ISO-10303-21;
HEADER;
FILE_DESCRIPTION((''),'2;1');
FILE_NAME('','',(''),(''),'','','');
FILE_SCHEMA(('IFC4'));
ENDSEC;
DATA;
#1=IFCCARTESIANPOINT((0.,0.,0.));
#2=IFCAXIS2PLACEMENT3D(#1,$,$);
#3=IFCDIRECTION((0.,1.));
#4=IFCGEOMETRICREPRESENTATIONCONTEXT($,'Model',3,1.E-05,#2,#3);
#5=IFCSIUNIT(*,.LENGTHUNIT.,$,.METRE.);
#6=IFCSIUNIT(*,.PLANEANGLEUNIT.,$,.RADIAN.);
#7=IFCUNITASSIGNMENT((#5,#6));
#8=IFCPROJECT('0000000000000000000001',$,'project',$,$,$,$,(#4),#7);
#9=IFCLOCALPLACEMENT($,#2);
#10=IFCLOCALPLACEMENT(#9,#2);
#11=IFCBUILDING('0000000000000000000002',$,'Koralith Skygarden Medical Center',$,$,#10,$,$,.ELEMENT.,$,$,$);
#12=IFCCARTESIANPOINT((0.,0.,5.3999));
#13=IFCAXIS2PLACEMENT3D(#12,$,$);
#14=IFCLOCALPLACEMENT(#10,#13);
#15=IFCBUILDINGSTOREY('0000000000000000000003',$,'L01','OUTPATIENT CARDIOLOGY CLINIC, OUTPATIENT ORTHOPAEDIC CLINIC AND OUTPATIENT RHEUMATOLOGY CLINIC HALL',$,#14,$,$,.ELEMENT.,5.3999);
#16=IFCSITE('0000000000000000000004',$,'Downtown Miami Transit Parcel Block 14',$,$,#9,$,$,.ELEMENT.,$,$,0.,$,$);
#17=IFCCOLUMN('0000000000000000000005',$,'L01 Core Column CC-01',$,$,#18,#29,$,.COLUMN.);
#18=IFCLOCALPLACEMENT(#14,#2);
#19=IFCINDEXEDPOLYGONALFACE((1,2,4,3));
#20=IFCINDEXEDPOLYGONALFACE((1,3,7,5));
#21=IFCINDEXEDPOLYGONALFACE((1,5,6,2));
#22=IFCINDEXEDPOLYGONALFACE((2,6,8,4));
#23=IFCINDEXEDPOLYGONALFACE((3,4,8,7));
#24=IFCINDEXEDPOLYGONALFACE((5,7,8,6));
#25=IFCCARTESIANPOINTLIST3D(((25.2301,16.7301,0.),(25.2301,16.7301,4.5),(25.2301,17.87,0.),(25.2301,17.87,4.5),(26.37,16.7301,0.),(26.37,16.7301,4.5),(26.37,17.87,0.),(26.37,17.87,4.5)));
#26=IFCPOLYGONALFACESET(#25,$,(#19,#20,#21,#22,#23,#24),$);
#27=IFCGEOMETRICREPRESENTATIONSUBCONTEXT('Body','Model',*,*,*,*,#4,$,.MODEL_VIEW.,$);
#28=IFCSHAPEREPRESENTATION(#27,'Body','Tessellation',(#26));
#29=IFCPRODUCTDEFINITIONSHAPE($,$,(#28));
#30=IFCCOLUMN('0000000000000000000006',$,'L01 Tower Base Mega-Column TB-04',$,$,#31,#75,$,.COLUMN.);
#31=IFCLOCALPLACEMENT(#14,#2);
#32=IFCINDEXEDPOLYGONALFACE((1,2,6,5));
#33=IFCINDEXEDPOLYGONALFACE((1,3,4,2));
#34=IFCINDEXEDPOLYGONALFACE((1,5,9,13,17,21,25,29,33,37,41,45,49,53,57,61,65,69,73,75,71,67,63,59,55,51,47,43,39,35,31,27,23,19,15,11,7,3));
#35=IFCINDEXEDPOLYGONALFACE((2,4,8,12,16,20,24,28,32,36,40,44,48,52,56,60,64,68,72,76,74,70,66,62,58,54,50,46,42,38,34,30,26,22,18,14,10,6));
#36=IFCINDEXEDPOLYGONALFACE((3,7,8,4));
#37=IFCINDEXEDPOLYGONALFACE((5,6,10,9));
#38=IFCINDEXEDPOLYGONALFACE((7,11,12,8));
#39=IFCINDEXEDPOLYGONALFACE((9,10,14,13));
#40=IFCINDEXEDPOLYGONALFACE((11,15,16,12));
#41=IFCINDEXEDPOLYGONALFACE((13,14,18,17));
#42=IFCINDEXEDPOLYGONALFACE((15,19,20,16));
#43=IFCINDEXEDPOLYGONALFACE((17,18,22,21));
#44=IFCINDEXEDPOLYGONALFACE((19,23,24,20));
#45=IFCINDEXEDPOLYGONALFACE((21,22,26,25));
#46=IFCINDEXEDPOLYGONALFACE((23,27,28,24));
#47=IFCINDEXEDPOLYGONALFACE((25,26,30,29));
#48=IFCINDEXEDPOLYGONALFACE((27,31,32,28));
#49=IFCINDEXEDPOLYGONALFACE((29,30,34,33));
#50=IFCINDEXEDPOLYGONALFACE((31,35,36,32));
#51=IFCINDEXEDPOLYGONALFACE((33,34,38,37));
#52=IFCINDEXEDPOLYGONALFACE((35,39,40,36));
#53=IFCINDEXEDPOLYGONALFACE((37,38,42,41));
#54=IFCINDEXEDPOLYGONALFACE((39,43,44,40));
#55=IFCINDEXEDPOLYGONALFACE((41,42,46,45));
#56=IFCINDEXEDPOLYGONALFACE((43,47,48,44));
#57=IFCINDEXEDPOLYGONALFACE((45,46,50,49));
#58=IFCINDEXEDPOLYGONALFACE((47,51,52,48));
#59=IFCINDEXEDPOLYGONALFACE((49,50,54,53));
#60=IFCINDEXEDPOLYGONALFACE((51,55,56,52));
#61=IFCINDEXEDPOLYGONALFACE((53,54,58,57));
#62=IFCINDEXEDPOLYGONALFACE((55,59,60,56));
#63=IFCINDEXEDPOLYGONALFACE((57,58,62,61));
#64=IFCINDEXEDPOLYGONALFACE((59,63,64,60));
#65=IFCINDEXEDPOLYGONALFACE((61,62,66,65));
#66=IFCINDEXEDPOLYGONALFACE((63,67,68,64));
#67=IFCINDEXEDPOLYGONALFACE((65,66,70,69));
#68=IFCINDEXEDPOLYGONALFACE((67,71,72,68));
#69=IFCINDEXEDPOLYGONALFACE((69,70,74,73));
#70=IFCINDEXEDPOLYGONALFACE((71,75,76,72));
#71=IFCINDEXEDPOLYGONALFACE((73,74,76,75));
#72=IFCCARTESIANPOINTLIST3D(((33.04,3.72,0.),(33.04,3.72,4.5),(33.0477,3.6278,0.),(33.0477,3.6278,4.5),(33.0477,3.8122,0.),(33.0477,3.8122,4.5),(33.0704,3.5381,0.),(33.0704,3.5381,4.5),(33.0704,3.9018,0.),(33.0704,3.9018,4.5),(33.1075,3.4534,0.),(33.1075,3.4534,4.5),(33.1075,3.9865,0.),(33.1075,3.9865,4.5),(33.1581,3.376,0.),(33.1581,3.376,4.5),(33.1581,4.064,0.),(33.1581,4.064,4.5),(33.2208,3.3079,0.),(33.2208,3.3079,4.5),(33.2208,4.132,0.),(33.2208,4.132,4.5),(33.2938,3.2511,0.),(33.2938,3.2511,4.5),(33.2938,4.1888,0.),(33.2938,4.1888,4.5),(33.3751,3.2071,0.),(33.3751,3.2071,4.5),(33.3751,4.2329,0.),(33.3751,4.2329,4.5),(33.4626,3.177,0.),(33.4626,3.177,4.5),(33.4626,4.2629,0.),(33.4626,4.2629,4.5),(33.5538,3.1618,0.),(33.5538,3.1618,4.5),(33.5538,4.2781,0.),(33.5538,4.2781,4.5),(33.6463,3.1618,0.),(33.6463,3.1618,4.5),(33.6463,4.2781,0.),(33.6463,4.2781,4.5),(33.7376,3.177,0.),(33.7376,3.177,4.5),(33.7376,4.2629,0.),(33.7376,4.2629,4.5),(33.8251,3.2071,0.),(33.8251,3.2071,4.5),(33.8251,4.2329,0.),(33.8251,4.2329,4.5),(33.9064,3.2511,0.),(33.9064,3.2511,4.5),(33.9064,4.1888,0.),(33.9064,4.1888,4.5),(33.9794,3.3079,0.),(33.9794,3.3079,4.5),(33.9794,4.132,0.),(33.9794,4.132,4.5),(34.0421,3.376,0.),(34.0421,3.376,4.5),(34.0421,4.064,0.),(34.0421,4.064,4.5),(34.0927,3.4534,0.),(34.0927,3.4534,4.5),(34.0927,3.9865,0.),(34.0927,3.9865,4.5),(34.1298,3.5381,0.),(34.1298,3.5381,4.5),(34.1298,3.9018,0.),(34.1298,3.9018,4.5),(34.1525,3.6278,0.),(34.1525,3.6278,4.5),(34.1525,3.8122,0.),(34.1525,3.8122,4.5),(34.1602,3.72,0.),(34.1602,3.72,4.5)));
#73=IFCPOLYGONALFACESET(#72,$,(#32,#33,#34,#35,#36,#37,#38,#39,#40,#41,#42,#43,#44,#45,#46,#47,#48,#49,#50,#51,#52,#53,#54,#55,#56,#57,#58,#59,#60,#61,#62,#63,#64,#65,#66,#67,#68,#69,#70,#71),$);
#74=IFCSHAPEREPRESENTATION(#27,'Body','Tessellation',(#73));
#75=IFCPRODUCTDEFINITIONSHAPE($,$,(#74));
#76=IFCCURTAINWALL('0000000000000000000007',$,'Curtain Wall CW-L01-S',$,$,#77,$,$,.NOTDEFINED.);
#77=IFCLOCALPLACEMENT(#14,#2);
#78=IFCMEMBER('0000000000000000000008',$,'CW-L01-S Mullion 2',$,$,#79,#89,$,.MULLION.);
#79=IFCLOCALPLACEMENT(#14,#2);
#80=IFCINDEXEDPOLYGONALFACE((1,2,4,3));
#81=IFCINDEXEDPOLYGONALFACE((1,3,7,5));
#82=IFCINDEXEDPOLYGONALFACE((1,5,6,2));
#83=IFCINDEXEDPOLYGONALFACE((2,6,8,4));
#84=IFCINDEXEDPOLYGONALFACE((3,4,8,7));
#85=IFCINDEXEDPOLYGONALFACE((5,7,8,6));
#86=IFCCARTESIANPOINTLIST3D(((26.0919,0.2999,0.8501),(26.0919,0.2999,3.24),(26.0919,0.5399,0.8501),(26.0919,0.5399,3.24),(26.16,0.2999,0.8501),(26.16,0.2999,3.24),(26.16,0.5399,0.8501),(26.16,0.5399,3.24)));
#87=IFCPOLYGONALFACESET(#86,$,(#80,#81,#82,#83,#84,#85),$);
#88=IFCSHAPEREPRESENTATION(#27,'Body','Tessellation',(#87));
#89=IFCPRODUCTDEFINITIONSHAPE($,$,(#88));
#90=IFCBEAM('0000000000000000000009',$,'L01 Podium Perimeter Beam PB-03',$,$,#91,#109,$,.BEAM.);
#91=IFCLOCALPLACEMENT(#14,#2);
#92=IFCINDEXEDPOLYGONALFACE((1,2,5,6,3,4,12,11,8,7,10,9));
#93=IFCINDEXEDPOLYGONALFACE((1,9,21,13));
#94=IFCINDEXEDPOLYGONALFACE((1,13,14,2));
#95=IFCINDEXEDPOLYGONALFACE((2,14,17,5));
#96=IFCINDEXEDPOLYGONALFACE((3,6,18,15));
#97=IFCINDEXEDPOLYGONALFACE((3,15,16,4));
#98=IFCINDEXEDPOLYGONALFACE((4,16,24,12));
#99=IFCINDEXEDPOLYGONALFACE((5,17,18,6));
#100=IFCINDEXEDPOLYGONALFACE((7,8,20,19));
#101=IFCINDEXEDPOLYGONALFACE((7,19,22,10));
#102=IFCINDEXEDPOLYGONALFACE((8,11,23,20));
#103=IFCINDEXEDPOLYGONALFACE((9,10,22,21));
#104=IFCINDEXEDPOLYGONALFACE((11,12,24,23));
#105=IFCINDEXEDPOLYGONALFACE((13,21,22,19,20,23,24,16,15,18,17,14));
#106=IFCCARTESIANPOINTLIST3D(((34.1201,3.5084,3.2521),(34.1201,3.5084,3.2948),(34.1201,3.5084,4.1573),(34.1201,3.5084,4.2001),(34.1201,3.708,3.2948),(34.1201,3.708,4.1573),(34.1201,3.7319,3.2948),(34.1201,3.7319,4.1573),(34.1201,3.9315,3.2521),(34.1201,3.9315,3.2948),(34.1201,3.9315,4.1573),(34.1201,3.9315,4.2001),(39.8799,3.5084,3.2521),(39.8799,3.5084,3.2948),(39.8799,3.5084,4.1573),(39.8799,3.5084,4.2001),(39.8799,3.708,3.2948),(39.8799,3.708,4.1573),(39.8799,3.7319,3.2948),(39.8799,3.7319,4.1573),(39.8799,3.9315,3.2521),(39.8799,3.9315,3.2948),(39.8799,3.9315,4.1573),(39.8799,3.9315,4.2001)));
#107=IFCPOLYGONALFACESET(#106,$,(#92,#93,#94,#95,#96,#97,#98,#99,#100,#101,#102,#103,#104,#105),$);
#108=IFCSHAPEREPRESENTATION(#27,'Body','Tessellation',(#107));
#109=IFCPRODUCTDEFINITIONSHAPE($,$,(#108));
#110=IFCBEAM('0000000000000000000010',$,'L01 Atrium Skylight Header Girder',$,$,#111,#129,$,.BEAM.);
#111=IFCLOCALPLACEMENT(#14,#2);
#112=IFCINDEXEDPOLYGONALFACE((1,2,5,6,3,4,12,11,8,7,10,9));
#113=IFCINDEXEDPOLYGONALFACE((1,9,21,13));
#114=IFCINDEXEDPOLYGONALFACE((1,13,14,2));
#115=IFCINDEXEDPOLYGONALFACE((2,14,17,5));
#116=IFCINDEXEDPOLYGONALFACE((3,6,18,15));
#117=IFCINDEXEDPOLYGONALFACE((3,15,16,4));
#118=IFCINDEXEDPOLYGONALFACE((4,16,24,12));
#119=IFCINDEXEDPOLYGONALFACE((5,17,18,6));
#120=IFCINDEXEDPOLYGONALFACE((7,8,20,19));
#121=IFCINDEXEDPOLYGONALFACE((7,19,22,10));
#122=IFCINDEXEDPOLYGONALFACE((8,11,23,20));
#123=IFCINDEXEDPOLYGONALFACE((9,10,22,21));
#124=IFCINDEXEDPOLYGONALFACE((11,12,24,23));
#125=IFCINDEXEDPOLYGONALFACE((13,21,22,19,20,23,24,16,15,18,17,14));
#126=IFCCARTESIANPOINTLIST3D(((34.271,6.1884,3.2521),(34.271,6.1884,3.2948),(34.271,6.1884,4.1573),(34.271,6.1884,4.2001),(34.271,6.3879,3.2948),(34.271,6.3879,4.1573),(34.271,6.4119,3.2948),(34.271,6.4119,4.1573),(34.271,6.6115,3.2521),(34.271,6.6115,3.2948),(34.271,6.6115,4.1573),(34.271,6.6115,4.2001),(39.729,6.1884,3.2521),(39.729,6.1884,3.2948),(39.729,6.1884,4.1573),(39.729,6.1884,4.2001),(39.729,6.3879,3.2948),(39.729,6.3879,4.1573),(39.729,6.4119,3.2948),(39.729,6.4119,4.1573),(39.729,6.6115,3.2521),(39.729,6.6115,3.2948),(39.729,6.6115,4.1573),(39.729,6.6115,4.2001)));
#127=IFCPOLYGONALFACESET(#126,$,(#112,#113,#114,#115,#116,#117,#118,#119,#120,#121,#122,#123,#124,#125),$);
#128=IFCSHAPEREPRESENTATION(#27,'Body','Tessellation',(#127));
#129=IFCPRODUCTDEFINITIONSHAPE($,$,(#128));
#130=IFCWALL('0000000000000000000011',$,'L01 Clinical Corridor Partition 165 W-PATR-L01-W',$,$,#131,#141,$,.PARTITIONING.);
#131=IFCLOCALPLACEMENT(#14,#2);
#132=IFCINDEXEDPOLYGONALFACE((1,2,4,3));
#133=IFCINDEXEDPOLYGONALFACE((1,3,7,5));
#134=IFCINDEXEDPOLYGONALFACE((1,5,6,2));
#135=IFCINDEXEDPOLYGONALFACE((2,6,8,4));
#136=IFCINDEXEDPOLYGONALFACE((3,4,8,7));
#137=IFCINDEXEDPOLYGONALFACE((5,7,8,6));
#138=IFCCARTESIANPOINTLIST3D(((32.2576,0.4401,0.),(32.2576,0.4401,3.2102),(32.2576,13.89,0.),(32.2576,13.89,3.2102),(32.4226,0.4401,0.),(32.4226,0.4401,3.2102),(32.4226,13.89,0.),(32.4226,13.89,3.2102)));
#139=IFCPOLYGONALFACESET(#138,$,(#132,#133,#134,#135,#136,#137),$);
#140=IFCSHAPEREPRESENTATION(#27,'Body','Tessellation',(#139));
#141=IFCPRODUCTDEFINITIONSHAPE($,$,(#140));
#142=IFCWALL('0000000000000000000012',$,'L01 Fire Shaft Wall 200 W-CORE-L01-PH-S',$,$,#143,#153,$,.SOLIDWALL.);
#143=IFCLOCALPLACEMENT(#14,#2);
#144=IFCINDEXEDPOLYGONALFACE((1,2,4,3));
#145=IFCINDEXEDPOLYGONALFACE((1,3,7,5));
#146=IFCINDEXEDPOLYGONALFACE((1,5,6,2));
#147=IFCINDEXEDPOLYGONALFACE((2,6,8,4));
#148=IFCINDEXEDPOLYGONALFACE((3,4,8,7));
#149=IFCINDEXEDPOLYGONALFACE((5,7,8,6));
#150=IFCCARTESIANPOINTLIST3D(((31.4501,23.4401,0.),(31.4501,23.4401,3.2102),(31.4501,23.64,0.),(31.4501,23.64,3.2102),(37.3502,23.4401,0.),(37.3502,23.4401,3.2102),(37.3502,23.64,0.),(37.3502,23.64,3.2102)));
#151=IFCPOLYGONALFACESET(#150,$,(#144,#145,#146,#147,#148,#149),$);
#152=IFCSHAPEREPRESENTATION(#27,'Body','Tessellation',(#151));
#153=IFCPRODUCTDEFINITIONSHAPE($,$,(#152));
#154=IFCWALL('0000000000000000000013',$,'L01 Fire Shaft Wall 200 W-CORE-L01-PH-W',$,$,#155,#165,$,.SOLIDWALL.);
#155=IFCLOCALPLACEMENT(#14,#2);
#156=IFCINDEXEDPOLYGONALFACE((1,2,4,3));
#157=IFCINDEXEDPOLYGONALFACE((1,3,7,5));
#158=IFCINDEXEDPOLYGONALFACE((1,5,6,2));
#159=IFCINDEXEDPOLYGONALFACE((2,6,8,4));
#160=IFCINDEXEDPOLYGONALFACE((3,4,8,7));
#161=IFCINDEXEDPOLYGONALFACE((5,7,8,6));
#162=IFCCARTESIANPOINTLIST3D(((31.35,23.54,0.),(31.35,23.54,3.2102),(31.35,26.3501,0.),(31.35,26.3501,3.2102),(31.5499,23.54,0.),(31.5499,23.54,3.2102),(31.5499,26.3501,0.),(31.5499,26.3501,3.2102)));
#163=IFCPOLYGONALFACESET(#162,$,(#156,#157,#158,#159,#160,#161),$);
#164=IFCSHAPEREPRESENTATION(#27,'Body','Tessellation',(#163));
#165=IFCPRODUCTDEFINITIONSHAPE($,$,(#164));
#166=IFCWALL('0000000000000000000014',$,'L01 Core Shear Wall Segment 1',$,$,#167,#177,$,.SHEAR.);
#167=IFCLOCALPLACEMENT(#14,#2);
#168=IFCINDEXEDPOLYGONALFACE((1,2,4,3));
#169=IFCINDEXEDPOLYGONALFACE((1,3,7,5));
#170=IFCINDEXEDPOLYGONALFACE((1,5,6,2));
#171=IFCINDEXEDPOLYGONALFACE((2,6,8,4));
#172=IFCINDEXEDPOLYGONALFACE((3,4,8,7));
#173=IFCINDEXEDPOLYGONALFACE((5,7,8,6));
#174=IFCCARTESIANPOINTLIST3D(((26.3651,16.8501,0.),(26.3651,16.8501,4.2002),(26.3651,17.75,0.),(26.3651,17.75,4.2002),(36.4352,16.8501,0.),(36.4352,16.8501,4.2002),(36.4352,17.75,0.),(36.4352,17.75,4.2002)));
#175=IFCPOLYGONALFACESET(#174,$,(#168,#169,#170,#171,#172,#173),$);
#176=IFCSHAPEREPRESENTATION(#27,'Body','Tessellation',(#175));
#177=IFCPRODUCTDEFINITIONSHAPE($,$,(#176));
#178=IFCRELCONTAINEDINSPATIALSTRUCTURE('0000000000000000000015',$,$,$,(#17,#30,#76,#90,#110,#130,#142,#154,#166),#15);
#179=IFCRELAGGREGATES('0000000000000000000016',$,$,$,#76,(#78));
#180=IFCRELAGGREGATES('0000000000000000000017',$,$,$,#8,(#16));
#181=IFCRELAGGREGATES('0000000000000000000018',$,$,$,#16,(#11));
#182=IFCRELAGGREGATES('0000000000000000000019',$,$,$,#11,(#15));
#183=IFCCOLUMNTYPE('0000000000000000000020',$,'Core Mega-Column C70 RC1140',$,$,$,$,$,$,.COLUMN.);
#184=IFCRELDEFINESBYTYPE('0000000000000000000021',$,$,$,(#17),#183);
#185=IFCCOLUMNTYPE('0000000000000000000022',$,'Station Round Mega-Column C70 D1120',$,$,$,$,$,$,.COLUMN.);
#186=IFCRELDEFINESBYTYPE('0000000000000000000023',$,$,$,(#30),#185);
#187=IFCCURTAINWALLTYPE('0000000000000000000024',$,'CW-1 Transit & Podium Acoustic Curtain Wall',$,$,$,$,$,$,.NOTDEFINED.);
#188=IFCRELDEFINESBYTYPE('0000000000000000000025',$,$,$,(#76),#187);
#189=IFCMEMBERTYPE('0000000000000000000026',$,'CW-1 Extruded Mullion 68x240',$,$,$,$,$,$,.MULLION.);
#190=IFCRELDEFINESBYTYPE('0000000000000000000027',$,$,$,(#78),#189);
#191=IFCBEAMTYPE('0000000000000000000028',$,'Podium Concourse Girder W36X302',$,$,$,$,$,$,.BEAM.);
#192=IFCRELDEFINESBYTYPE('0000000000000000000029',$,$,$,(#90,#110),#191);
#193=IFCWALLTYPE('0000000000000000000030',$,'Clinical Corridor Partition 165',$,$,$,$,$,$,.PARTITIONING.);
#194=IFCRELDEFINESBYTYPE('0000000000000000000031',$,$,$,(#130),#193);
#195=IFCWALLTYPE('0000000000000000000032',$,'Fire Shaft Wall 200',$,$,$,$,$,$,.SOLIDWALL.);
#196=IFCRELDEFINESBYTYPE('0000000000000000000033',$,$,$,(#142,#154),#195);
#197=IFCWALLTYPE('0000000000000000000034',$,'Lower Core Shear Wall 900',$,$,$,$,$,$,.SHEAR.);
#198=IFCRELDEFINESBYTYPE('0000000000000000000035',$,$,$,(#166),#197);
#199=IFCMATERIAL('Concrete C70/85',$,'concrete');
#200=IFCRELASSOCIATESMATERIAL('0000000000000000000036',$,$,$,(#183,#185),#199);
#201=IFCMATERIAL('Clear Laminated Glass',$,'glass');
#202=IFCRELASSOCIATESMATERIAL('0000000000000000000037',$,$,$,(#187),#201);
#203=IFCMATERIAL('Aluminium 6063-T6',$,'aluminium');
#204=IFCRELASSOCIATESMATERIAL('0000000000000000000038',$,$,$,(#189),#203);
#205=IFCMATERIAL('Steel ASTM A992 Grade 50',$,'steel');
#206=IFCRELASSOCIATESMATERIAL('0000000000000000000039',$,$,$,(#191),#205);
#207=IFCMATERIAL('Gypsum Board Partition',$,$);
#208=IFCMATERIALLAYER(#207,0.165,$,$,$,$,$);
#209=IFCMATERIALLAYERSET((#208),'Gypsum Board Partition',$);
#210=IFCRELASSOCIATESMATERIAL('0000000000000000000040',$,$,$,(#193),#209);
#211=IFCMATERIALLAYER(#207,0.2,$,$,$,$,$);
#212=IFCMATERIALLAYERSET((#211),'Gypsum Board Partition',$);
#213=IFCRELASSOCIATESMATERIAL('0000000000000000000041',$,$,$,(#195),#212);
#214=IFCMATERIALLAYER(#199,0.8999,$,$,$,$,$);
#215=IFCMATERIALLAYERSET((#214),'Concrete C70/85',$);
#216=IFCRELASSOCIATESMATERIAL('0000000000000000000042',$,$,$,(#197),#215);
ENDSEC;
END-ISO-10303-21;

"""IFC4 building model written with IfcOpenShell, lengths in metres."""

from ifc_helpers import new_model, si_unit, direction, frame, frame_2d, origin, origin_2d, place, context, subcontext, project, spatial, rectangle, circle, i_section, extrude, material, layer, layer_set, material_profile, profile_set, type_object, element, aggregate, save


model = new_model("IFC4")

# Units and contexts
model_context = context("Model", 3, precision=1e-05, world=origin(), true_north=direction((0.0, 1.0)))
body_context = subcontext(model_context, "Body", "Model", "MODEL_VIEW")
ifc_project = project(units=[si_unit("LENGTHUNIT", "METRE"), si_unit("PLANEANGLEUNIT", "RADIAN")], contexts=[model_context])

# Site, building, storey
site_placement = place(None, origin())
site = spatial("IfcSite", under=ifc_project, at=site_placement, Name="Downtown Miami Transit Parcel Block 14", CompositionType="ELEMENT", RefElevation=0.0)
building_placement = place(site_placement, origin())
building = spatial("IfcBuilding", under=site, at=building_placement, Name="Koralith Skygarden Medical Center", CompositionType="ELEMENT")
storey_placement = place(building_placement, frame((0.0, 0.0, 5.3999)))
storey = spatial("IfcBuildingStorey", under=building, at=storey_placement, Name="L01", Description="OUTPATIENT CARDIOLOGY CLINIC, OUTPATIENT ORTHOPAEDIC CLINIC AND OUTPATIENT RHEUMATOLOGY CLINIC HALL", CompositionType="ELEMENT", Elevation=5.3999)

# Columns
ifc_material_1 = material(Name="Concrete C70/85", Category="concrete")
ifc_material_profile_1 = material_profile(ifc_material_1, rectangle(XDim=1.1399, YDim=1.1399, at=origin_2d()), Name="RC1140X1140")
ifc_profile_set_1 = profile_set([ifc_material_profile_1], Name="Concrete C70/85")
column_type_1 = type_object("IfcColumnType", Name="Core Mega-Column C70 RC1140", PredefinedType="COLUMN", material=ifc_profile_set_1)
column_1_placement = place(storey_placement, frame((25.8, 17.3, 0.0), z_axis=(0.0, 0.0, 1.0), x_axis=(1.0, 0.0, 0.0)))
element("IfcColumn", 1, at=column_1_placement, inside=storey, type_object=column_type_1, Name="L01 Core Column CC-01", PredefinedType="COLUMN", context=body_context, shape_type="SweptSolid", body=[
    extrude(rectangle(XDim=1.1399, YDim=1.1399, at=origin_2d()), origin(), (0.0, 0.0, 1.0), 4.5),
])
ifc_material_profile_2 = material_profile(ifc_material_1, circle(Radius=0.5601, at=origin_2d()), Name="RCCOL1120")
ifc_profile_set_2 = profile_set([ifc_material_profile_2], Name="Concrete C70/85")
column_type_2 = type_object("IfcColumnType", Name="Station Round Mega-Column C70 D1120", PredefinedType="COLUMN", material=ifc_profile_set_2)
column_2_placement = place(storey_placement, frame((33.6001, 3.72, 0.0), z_axis=(0.0, 0.0, 1.0), x_axis=(1.0, 0.0, 0.0)))
element("IfcColumn", 2, at=column_2_placement, inside=storey, type_object=column_type_2, Name="L01 Tower Base Mega-Column TB-04", PredefinedType="COLUMN", context=body_context, shape_type="SweptSolid", body=[
    extrude(circle(Radius=0.5601, at=origin_2d()), origin(), (0.0, 0.0, 1.0), 4.5),
])

# Curtain wall, member
ifc_material_2 = material(Name="Clear Laminated Glass", Category="glass")
curtain_wall_type = type_object("IfcCurtainWallType", Name="CW-1 Transit & Podium Acoustic Curtain Wall", PredefinedType="NOTDEFINED", material=ifc_material_2)
curtain_wall_placement = place(storey_placement, origin())
curtain_wall = element("IfcCurtainWall", 3, at=curtain_wall_placement, inside=storey, type_object=curtain_wall_type, Name="Curtain Wall CW-L01-S", PredefinedType="NOTDEFINED")
ifc_material_3 = material(Name="Aluminium 6063-T6", Category="aluminium")
ifc_material_profile_3 = material_profile(ifc_material_3, rectangle(XDim=0.0681, YDim=0.24, at=origin_2d()), Name="MUL68X240")
ifc_profile_set_3 = profile_set([ifc_material_profile_3], Name="Aluminium 6063-T6")
member_type = type_object("IfcMemberType", Name="CW-1 Extruded Mullion 68x240", PredefinedType="MULLION", material=ifc_profile_set_3)
member_placement = place(storey_placement, frame((26.126, 0.4199, 0.8501), z_axis=(0.0, 0.0, 1.0), x_axis=(1.0, 0.0, 0.0)))
member = element("IfcMember", 4, at=member_placement, type_object=member_type, Name="CW-L01-S Mullion 2", PredefinedType="MULLION", context=body_context, shape_type="SweptSolid", body=[
    extrude(rectangle(XDim=0.0681, YDim=0.24, at=origin_2d()), origin(), (0.0, 0.0, 1.0), 2.3899),
])
aggregate(curtain_wall, [member])

# Beams
ifc_material_4 = material(Name="Steel ASTM A992 Grade 50", Category="steel")
ifc_material_profile_4 = material_profile(ifc_material_4, i_section(OverallWidth=0.4231, OverallDepth=0.948, WebThickness=0.0239, FlangeThickness=0.0427, at=origin_2d()), Name="W36X302")
ifc_profile_set_4 = profile_set([ifc_material_profile_4], Name="Steel ASTM A992 Grade 50")
beam_type = type_object("IfcBeamType", Name="Podium Concourse Girder W36X302", PredefinedType="BEAM", material=ifc_profile_set_4)
beam_1_placement = place(storey_placement, frame((34.1201, 3.72, 3.7261), z_axis=(1.0, 0.0, 0.0), x_axis=(0.0, 1.0, 0.0)))
element("IfcBeam", 5, at=beam_1_placement, inside=storey, type_object=beam_type, Name="L01 Podium Perimeter Beam PB-03", PredefinedType="BEAM", context=body_context, shape_type="SweptSolid", body=[
    extrude(i_section(OverallWidth=0.4231, OverallDepth=0.948, WebThickness=0.0239, FlangeThickness=0.0427, at=origin_2d()), origin(), (0.0, 0.0, 1.0), 5.7598),
])
beam_2_placement = place(storey_placement, frame((34.271, 6.3999, 3.7261), z_axis=(1.0, 0.0, 0.0), x_axis=(0.0, 1.0, 0.0)))
element("IfcBeam", 6, at=beam_2_placement, inside=storey, type_object=beam_type, Name="L01 Atrium Skylight Header Girder", PredefinedType="BEAM", context=body_context, shape_type="SweptSolid", body=[
    extrude(i_section(OverallWidth=0.4231, OverallDepth=0.948, WebThickness=0.0239, FlangeThickness=0.0427, at=origin_2d()), origin(), (0.0, 0.0, 1.0), 5.458),
])

# Wall
ifc_material_5 = material(Name="Gypsum Board Partition")
ifc_layer_1 = layer(ifc_material_5, 0.165)
ifc_layer_set_1 = layer_set([ifc_layer_1], Name="Gypsum Board Partition")
wall_type_1 = type_object("IfcWallType", Name="Clinical Corridor Partition 165", PredefinedType="PARTITIONING", material=ifc_layer_set_1)
wall_1_placement = place(storey_placement, frame((32.3401, 0.4399, 0.0), z_axis=(0.0, 0.0, 1.0), x_axis=(0.0, 1.0, 0.0)))
element("IfcWall", 7, at=wall_1_placement, inside=storey, type_object=wall_type_1, Name="L01 Clinical Corridor Partition 165 W-PATR-L01-W", PredefinedType="PARTITIONING", context=body_context, shape_type="SweptSolid", body=[
    extrude(rectangle(XDim=13.45, YDim=0.165, at=frame_2d((6.7251, 0.0))), origin(), (0.0, 0.0, 1.0), 3.2102),
])

# Shared definitions
ifc_layer_2 = layer(ifc_material_5, 0.2)
ifc_layer_set_2 = layer_set([ifc_layer_2], Name="Gypsum Board Partition")
wall_type_2 = type_object("IfcWallType", Name="Fire Shaft Wall 200", PredefinedType="SOLIDWALL", material=ifc_layer_set_2)

# Walls
wall_2_placement = place(storey_placement, frame((31.45, 23.54, 0.0), z_axis=(0.0, 0.0, 1.0), x_axis=(1.0, 0.0, 0.0)))
element("IfcWall", 8, at=wall_2_placement, inside=storey, type_object=wall_type_2, Name="L01 Fire Shaft Wall 200 W-CORE-L01-PH-S", PredefinedType="SOLIDWALL", context=body_context, shape_type="SweptSolid", body=[
    extrude(rectangle(XDim=5.9001, YDim=0.2, at=frame_2d((2.9502, 0.0))), origin(), (0.0, 0.0, 1.0), 3.2102),
])
wall_3_placement = place(storey_placement, frame((31.45, 23.54, 0.0), z_axis=(0.0, 0.0, 1.0), x_axis=(0.0, 1.0, 0.0)))
element("IfcWall", 9, at=wall_3_placement, inside=storey, type_object=wall_type_2, Name="L01 Fire Shaft Wall 200 W-CORE-L01-PH-W", PredefinedType="SOLIDWALL", context=body_context, shape_type="SweptSolid", body=[
    extrude(rectangle(XDim=2.8101, YDim=0.2, at=frame_2d((1.405, 0.0))), origin(), (0.0, 0.0, 1.0), 3.2102),
])
ifc_layer_3 = layer(ifc_material_1, 0.8999)
ifc_layer_set_3 = layer_set([ifc_layer_3], Name="Concrete C70/85")
wall_type_3 = type_object("IfcWallType", Name="Lower Core Shear Wall 900", PredefinedType="SHEAR", material=ifc_layer_set_3)
wall_4_placement = place(storey_placement, frame((26.365, 17.3, 0.0), z_axis=(0.0, 0.0, 1.0), x_axis=(1.0, 0.0, 0.0)))
element("IfcWall", 10, at=wall_4_placement, inside=storey, type_object=wall_type_3, Name="L01 Core Shear Wall Segment 1", PredefinedType="SHEAR", context=body_context, shape_type="SweptSolid", body=[
    extrude(rectangle(XDim=10.0701, YDim=0.8999, at=frame_2d((5.0352, 0.0))), origin(), (0.0, 0.0, 1.0), 4.2002),
])

save(model, "model.ifc")
